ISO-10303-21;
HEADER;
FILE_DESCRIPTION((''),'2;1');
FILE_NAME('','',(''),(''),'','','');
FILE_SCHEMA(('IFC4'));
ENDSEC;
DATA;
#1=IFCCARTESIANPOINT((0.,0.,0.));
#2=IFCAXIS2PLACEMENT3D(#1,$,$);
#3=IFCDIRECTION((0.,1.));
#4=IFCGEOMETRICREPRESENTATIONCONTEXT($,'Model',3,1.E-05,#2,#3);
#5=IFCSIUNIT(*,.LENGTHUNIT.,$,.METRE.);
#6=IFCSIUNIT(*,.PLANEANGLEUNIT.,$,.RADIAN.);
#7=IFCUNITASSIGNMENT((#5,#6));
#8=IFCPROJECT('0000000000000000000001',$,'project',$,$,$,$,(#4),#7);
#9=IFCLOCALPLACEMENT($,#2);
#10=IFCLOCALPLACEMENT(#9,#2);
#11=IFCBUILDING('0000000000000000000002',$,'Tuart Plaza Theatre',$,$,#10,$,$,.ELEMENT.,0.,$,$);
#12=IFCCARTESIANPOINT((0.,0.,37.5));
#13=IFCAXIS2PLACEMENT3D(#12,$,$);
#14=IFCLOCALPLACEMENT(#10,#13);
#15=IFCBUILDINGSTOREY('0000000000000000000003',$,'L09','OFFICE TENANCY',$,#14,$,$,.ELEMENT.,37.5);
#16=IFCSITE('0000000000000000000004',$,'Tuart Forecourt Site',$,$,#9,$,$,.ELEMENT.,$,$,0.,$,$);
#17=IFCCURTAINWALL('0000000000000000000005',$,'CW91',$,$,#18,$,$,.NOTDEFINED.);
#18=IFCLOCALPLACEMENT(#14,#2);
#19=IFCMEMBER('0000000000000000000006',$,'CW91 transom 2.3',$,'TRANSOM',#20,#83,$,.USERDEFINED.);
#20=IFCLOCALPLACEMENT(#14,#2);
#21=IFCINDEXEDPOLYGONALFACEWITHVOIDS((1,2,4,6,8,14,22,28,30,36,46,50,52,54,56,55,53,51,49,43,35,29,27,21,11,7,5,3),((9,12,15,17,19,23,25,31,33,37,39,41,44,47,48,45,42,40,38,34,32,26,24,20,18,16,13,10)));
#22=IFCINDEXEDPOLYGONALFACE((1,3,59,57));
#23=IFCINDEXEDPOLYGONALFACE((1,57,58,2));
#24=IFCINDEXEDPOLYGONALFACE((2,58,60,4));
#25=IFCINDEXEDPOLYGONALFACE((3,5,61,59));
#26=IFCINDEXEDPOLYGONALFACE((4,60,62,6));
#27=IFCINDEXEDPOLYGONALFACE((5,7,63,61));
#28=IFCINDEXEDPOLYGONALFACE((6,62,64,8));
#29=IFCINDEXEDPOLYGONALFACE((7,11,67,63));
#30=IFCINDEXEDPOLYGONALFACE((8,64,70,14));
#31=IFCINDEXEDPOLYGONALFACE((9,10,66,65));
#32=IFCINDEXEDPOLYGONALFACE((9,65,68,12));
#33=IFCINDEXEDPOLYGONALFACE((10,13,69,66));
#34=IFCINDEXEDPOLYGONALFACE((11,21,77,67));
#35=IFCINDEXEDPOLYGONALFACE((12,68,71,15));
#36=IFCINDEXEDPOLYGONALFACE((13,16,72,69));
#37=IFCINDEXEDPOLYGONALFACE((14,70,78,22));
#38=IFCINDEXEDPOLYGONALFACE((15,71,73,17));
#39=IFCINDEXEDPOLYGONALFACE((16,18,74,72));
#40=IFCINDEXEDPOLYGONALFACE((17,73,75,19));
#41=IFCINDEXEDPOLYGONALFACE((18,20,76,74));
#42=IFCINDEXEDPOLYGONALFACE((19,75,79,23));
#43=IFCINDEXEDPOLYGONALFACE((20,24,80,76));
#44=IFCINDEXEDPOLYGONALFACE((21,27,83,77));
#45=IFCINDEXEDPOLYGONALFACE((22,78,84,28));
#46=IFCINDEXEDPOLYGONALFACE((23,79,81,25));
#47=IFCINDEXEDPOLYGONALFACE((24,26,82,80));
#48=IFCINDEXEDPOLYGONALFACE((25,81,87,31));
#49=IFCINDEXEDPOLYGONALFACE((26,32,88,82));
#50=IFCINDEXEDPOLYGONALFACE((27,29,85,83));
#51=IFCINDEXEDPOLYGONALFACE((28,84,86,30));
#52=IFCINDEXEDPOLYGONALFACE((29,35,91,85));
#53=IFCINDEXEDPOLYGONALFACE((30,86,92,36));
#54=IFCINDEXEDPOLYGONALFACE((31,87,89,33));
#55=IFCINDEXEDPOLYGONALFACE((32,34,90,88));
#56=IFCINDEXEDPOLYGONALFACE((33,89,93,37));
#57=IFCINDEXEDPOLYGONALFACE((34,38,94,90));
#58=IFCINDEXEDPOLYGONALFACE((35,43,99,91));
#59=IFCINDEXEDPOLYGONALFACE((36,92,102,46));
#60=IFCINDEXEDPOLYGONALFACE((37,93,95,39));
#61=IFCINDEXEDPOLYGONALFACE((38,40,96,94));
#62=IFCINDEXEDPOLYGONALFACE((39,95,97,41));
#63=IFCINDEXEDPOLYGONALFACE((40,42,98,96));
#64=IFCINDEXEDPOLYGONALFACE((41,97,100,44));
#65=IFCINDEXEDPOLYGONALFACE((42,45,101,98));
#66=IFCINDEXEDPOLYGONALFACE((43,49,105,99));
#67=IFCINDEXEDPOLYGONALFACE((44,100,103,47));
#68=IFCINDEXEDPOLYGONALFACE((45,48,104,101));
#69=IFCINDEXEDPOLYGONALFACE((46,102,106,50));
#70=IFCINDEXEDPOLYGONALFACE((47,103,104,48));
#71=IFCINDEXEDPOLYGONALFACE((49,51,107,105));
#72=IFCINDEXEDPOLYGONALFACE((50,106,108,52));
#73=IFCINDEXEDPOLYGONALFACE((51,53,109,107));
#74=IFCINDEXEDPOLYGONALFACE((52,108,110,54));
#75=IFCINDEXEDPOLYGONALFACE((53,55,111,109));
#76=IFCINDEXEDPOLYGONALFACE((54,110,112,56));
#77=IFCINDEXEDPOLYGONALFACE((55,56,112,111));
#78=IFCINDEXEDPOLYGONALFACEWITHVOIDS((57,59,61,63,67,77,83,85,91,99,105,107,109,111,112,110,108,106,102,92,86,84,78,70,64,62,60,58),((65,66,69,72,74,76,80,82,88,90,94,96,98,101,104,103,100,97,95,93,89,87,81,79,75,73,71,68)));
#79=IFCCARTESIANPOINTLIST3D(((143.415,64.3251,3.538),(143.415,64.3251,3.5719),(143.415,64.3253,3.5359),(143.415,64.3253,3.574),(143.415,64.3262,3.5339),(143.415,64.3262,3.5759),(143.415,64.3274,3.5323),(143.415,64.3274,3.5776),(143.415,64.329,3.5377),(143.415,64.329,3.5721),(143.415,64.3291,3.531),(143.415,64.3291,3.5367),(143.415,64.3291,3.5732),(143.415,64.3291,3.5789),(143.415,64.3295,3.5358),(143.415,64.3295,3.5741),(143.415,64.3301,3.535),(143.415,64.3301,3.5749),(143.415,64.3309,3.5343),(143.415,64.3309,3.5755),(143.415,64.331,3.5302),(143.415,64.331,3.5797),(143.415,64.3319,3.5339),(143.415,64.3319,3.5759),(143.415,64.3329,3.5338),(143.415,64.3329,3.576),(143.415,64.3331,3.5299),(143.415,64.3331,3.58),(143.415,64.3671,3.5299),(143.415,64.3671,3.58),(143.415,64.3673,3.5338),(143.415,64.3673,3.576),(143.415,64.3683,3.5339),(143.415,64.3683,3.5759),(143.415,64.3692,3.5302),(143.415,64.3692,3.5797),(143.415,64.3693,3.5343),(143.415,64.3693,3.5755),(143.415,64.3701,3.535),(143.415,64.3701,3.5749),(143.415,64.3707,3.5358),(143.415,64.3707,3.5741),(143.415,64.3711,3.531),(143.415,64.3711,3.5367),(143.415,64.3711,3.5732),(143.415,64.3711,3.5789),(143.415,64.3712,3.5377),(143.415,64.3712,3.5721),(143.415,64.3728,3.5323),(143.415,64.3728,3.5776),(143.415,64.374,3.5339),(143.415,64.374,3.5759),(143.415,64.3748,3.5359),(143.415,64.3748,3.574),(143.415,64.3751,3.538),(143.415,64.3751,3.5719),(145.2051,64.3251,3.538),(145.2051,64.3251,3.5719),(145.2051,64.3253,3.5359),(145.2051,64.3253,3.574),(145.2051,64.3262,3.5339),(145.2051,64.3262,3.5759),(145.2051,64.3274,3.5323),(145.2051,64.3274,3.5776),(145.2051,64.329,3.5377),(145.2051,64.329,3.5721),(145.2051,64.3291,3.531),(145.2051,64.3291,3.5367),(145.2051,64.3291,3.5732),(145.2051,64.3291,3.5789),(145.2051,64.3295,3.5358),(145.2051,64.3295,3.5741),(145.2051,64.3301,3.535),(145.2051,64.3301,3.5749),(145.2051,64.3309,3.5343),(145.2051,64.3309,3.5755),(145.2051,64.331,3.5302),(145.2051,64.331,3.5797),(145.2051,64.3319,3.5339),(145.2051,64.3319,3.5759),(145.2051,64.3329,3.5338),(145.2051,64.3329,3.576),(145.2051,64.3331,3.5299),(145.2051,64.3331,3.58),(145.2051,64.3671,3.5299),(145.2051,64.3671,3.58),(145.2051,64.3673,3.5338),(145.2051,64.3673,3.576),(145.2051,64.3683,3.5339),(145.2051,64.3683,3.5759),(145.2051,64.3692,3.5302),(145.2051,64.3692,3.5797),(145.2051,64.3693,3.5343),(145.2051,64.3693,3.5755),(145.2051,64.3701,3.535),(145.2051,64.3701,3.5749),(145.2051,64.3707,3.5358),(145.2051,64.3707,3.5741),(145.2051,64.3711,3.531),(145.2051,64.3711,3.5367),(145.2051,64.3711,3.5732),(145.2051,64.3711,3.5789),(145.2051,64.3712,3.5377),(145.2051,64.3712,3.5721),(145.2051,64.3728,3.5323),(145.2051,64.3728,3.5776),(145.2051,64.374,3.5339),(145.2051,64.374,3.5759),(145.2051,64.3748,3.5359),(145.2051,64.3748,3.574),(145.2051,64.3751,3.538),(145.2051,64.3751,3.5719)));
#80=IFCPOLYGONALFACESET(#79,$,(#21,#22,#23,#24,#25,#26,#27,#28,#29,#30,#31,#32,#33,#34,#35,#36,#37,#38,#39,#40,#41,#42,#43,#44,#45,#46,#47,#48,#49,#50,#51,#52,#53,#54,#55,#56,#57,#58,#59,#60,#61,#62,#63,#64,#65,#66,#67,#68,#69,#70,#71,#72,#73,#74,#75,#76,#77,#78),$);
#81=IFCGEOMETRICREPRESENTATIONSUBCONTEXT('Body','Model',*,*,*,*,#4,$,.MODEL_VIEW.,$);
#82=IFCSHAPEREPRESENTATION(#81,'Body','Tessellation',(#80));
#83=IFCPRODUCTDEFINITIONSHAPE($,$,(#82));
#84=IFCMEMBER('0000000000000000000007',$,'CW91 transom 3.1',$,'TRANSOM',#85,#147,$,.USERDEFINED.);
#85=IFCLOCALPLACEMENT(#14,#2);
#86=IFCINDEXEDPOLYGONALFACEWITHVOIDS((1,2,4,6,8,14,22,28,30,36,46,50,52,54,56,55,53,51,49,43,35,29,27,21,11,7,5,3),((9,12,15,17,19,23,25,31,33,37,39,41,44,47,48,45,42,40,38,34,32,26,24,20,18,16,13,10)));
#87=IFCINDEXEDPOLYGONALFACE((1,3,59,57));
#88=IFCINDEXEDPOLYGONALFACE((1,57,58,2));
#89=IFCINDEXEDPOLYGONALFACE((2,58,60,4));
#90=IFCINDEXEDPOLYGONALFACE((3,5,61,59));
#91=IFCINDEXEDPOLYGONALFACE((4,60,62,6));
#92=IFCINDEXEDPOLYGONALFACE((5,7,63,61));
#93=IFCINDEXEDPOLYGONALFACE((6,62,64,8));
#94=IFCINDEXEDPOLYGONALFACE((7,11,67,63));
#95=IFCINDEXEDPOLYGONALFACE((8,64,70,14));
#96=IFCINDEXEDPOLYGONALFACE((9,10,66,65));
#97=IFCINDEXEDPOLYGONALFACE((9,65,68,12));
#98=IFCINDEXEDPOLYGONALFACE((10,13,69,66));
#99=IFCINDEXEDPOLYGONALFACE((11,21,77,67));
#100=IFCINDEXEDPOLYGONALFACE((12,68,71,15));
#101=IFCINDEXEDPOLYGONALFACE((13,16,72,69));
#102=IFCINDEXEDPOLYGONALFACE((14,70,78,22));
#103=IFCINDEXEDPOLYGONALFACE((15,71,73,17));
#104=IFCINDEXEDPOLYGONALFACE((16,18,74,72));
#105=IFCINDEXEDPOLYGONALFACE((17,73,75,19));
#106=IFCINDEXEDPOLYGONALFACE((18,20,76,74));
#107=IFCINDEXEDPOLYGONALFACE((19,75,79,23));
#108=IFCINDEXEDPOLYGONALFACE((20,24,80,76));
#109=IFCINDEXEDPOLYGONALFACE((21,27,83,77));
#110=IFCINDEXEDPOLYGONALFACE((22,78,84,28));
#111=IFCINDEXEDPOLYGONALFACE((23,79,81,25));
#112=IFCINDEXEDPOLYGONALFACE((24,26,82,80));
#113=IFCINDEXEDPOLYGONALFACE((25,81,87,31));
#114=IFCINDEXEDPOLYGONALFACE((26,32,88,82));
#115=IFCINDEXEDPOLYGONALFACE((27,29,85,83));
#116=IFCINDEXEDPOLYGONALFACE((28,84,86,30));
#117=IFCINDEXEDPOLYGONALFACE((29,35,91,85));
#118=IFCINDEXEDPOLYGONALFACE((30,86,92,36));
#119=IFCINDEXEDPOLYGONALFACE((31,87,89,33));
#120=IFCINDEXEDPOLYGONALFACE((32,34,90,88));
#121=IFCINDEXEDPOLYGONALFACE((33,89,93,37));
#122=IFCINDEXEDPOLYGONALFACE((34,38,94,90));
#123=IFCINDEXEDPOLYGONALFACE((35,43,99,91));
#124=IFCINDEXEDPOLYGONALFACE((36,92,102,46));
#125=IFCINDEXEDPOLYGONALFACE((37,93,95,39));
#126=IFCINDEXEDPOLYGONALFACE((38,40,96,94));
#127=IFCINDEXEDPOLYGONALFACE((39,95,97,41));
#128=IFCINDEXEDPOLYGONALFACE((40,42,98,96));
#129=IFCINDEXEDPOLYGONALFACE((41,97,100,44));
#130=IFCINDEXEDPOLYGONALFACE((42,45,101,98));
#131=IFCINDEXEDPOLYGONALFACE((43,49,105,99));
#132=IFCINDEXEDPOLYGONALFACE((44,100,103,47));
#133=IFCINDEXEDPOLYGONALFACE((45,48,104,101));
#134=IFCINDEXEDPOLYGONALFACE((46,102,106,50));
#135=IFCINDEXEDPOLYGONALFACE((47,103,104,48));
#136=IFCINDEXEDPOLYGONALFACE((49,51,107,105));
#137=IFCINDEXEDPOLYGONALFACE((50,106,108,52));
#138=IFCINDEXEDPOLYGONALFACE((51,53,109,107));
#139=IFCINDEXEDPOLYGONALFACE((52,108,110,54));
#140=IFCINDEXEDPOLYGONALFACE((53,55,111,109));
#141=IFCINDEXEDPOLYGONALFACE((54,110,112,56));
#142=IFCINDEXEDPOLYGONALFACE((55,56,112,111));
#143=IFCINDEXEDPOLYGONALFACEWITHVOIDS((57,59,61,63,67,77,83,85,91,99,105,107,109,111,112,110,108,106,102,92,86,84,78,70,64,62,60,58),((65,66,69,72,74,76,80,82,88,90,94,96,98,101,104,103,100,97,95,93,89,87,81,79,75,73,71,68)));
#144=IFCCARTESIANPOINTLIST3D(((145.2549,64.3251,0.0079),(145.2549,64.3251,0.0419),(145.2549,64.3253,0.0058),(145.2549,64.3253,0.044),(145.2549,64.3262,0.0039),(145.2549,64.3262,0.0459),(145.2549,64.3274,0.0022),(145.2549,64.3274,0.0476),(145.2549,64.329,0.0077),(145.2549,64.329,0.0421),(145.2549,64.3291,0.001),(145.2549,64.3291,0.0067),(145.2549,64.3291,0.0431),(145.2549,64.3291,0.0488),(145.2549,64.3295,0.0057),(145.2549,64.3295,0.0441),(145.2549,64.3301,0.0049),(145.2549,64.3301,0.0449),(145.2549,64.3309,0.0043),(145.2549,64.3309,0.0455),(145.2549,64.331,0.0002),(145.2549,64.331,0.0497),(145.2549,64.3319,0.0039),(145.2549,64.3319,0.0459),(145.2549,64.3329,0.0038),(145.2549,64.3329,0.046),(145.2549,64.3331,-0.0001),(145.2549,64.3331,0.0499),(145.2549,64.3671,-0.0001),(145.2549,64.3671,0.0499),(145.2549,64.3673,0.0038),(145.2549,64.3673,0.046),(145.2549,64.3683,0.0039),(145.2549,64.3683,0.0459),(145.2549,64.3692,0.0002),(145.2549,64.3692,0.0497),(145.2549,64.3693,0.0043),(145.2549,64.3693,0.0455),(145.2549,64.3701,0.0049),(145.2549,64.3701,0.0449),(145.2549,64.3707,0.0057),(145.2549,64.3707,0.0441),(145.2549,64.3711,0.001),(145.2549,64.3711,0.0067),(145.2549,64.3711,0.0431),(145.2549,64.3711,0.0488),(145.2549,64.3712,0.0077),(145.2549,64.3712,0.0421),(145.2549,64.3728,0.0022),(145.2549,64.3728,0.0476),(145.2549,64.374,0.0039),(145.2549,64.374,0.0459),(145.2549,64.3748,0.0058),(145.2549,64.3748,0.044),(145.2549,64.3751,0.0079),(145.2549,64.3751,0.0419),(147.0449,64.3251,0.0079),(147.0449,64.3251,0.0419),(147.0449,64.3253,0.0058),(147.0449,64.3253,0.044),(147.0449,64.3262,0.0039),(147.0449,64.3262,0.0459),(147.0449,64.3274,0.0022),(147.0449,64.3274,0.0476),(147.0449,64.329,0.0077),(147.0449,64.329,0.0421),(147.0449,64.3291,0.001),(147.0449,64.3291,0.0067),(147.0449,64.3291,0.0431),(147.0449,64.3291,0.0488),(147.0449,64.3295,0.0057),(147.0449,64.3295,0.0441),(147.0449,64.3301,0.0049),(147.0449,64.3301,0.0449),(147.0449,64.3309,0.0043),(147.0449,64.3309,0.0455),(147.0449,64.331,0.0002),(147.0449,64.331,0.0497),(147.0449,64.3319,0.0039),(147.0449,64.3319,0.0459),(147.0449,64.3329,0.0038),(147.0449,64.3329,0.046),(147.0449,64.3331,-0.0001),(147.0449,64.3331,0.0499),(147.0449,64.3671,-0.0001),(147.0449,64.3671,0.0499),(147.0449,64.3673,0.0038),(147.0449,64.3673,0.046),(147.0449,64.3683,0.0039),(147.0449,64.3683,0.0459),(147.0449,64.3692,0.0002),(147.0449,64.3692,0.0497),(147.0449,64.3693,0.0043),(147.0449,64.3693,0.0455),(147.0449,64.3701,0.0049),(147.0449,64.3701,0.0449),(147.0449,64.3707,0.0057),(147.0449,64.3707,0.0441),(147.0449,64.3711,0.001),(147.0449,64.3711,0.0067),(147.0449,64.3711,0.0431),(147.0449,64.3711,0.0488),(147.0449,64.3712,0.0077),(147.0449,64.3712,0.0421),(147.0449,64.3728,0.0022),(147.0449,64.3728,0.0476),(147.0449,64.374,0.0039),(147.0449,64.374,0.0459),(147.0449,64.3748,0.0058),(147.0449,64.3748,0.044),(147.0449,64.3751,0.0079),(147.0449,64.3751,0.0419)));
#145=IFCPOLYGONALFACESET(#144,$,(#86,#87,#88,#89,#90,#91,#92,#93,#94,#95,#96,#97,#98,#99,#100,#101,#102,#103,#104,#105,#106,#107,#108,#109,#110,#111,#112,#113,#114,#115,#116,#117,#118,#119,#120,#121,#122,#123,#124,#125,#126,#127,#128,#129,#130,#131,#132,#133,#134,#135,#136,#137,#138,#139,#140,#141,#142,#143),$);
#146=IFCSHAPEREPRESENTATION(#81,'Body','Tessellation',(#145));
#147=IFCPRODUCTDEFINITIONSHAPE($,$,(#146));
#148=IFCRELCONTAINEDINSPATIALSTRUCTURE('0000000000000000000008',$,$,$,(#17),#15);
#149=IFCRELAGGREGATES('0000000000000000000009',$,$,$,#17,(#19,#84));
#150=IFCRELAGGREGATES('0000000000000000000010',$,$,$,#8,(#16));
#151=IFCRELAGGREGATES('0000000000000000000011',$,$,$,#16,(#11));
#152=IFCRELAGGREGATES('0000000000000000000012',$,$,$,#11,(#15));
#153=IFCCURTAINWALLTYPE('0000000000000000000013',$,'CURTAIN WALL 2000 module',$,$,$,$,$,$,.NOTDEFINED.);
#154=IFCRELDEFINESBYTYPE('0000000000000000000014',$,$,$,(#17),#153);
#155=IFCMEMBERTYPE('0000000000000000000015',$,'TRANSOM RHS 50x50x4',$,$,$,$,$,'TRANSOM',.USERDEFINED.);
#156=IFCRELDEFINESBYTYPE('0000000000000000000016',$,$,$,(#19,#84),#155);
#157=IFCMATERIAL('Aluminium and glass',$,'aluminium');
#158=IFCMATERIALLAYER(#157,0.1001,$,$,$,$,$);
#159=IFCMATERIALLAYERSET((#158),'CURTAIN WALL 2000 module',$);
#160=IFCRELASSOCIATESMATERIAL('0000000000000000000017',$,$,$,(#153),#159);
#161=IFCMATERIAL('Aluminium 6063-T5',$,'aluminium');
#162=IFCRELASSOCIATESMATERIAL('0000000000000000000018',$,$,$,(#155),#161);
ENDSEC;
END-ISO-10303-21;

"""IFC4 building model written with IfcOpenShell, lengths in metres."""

from ifc_helpers import new_model, si_unit, direction, frame, origin, origin_2d, place, context, subcontext, project, spatial, hollow_rectangle, extrude, material, layer, layer_set, material_profile, profile_set, type_object, element, aggregate, save


model = new_model("IFC4")

# Units and contexts
model_context = context("Model", 3, precision=1e-05, world=origin(), true_north=direction((0.0, 1.0)))
body_context = subcontext(model_context, "Body", "Model", "MODEL_VIEW")
ifc_project = project(units=[si_unit("LENGTHUNIT", "METRE"), si_unit("PLANEANGLEUNIT", "RADIAN")], contexts=[model_context])

# Site, building, storey
site_placement = place(None, origin())
site = spatial("IfcSite", under=ifc_project, at=site_placement, Name="Tuart Forecourt Site", CompositionType="ELEMENT", RefElevation=0.0)
building_placement = place(site_placement, origin())
building = spatial("IfcBuilding", under=site, at=building_placement, Name="Tuart Plaza Theatre", CompositionType="ELEMENT", ElevationOfRefHeight=0.0)
storey_placement = place(building_placement, frame((0.0, 0.0, 37.5)))
storey = spatial("IfcBuildingStorey", under=building, at=storey_placement, Name="L09", Description="OFFICE TENANCY", CompositionType="ELEMENT", Elevation=37.5)

# Curtain wall, members
ifc_material_1 = material(Name="Aluminium and glass", Category="aluminium")
ifc_layer_1 = layer(ifc_material_1, 0.1001)
ifc_layer_set_1 = layer_set([ifc_layer_1], Name="CURTAIN WALL 2000 module")
curtain_wall_type = type_object("IfcCurtainWallType", Name="CURTAIN WALL 2000 module", PredefinedType="NOTDEFINED", material=ifc_layer_set_1)
curtain_wall_placement = place(storey_placement, origin())
curtain_wall = element("IfcCurtainWall", 1, at=curtain_wall_placement, inside=storey, type_object=curtain_wall_type, Name="CW91", PredefinedType="NOTDEFINED")
ifc_material_2 = material(Name="Aluminium 6063-T5", Category="aluminium")
ifc_material_profile_1 = material_profile(ifc_material_2, hollow_rectangle(XDim=0.05, YDim=0.05, WallThickness=0.0039, InnerFilletRadius=0.0039, OuterFilletRadius=0.0081, at=origin_2d()), Name="RHS 50x50x4")
ifc_profile_set_1 = profile_set([ifc_material_profile_1], Name="Aluminium 6063-T5")
member_type_1 = type_object("IfcMemberType", Name="TRANSOM RHS 50x50x4", ElementType="TRANSOM", PredefinedType="USERDEFINED", material=ifc_profile_set_1)
member_1_placement = place(storey_placement, frame((143.415, 64.3501, 3.5549), z_axis=(1.0, 0.0, 0.0), x_axis=(0.0, 1.0, 0.0)))
member_1 = element("IfcMember", 2, at=member_1_placement, type_object=member_type_1, Name="CW91 transom 2.3", ObjectType="TRANSOM", PredefinedType="USERDEFINED", context=body_context, shape_type="SweptSolid", body=[
    extrude(hollow_rectangle(XDim=0.05, YDim=0.05, WallThickness=0.0039, InnerFilletRadius=0.0039, OuterFilletRadius=0.0081, at=origin_2d()), origin(), (0.0, 0.0, 1.0), 1.79),
])
member_2_placement = place(storey_placement, frame((145.2549, 64.3501, 0.0249), z_axis=(1.0, 0.0, 0.0), x_axis=(0.0, 1.0, 0.0)))
member_2 = element("IfcMember", 3, at=member_2_placement, type_object=member_type_1, Name="CW91 transom 3.1", ObjectType="TRANSOM", PredefinedType="USERDEFINED", context=body_context, shape_type="SweptSolid", body=[
    extrude(hollow_rectangle(XDim=0.05, YDim=0.05, WallThickness=0.0039, InnerFilletRadius=0.0039, OuterFilletRadius=0.0081, at=origin_2d()), origin(), (0.0, 0.0, 1.0), 1.79),
])
aggregate(curtain_wall, [member_1, member_2])

save(model, "model.ifc")
